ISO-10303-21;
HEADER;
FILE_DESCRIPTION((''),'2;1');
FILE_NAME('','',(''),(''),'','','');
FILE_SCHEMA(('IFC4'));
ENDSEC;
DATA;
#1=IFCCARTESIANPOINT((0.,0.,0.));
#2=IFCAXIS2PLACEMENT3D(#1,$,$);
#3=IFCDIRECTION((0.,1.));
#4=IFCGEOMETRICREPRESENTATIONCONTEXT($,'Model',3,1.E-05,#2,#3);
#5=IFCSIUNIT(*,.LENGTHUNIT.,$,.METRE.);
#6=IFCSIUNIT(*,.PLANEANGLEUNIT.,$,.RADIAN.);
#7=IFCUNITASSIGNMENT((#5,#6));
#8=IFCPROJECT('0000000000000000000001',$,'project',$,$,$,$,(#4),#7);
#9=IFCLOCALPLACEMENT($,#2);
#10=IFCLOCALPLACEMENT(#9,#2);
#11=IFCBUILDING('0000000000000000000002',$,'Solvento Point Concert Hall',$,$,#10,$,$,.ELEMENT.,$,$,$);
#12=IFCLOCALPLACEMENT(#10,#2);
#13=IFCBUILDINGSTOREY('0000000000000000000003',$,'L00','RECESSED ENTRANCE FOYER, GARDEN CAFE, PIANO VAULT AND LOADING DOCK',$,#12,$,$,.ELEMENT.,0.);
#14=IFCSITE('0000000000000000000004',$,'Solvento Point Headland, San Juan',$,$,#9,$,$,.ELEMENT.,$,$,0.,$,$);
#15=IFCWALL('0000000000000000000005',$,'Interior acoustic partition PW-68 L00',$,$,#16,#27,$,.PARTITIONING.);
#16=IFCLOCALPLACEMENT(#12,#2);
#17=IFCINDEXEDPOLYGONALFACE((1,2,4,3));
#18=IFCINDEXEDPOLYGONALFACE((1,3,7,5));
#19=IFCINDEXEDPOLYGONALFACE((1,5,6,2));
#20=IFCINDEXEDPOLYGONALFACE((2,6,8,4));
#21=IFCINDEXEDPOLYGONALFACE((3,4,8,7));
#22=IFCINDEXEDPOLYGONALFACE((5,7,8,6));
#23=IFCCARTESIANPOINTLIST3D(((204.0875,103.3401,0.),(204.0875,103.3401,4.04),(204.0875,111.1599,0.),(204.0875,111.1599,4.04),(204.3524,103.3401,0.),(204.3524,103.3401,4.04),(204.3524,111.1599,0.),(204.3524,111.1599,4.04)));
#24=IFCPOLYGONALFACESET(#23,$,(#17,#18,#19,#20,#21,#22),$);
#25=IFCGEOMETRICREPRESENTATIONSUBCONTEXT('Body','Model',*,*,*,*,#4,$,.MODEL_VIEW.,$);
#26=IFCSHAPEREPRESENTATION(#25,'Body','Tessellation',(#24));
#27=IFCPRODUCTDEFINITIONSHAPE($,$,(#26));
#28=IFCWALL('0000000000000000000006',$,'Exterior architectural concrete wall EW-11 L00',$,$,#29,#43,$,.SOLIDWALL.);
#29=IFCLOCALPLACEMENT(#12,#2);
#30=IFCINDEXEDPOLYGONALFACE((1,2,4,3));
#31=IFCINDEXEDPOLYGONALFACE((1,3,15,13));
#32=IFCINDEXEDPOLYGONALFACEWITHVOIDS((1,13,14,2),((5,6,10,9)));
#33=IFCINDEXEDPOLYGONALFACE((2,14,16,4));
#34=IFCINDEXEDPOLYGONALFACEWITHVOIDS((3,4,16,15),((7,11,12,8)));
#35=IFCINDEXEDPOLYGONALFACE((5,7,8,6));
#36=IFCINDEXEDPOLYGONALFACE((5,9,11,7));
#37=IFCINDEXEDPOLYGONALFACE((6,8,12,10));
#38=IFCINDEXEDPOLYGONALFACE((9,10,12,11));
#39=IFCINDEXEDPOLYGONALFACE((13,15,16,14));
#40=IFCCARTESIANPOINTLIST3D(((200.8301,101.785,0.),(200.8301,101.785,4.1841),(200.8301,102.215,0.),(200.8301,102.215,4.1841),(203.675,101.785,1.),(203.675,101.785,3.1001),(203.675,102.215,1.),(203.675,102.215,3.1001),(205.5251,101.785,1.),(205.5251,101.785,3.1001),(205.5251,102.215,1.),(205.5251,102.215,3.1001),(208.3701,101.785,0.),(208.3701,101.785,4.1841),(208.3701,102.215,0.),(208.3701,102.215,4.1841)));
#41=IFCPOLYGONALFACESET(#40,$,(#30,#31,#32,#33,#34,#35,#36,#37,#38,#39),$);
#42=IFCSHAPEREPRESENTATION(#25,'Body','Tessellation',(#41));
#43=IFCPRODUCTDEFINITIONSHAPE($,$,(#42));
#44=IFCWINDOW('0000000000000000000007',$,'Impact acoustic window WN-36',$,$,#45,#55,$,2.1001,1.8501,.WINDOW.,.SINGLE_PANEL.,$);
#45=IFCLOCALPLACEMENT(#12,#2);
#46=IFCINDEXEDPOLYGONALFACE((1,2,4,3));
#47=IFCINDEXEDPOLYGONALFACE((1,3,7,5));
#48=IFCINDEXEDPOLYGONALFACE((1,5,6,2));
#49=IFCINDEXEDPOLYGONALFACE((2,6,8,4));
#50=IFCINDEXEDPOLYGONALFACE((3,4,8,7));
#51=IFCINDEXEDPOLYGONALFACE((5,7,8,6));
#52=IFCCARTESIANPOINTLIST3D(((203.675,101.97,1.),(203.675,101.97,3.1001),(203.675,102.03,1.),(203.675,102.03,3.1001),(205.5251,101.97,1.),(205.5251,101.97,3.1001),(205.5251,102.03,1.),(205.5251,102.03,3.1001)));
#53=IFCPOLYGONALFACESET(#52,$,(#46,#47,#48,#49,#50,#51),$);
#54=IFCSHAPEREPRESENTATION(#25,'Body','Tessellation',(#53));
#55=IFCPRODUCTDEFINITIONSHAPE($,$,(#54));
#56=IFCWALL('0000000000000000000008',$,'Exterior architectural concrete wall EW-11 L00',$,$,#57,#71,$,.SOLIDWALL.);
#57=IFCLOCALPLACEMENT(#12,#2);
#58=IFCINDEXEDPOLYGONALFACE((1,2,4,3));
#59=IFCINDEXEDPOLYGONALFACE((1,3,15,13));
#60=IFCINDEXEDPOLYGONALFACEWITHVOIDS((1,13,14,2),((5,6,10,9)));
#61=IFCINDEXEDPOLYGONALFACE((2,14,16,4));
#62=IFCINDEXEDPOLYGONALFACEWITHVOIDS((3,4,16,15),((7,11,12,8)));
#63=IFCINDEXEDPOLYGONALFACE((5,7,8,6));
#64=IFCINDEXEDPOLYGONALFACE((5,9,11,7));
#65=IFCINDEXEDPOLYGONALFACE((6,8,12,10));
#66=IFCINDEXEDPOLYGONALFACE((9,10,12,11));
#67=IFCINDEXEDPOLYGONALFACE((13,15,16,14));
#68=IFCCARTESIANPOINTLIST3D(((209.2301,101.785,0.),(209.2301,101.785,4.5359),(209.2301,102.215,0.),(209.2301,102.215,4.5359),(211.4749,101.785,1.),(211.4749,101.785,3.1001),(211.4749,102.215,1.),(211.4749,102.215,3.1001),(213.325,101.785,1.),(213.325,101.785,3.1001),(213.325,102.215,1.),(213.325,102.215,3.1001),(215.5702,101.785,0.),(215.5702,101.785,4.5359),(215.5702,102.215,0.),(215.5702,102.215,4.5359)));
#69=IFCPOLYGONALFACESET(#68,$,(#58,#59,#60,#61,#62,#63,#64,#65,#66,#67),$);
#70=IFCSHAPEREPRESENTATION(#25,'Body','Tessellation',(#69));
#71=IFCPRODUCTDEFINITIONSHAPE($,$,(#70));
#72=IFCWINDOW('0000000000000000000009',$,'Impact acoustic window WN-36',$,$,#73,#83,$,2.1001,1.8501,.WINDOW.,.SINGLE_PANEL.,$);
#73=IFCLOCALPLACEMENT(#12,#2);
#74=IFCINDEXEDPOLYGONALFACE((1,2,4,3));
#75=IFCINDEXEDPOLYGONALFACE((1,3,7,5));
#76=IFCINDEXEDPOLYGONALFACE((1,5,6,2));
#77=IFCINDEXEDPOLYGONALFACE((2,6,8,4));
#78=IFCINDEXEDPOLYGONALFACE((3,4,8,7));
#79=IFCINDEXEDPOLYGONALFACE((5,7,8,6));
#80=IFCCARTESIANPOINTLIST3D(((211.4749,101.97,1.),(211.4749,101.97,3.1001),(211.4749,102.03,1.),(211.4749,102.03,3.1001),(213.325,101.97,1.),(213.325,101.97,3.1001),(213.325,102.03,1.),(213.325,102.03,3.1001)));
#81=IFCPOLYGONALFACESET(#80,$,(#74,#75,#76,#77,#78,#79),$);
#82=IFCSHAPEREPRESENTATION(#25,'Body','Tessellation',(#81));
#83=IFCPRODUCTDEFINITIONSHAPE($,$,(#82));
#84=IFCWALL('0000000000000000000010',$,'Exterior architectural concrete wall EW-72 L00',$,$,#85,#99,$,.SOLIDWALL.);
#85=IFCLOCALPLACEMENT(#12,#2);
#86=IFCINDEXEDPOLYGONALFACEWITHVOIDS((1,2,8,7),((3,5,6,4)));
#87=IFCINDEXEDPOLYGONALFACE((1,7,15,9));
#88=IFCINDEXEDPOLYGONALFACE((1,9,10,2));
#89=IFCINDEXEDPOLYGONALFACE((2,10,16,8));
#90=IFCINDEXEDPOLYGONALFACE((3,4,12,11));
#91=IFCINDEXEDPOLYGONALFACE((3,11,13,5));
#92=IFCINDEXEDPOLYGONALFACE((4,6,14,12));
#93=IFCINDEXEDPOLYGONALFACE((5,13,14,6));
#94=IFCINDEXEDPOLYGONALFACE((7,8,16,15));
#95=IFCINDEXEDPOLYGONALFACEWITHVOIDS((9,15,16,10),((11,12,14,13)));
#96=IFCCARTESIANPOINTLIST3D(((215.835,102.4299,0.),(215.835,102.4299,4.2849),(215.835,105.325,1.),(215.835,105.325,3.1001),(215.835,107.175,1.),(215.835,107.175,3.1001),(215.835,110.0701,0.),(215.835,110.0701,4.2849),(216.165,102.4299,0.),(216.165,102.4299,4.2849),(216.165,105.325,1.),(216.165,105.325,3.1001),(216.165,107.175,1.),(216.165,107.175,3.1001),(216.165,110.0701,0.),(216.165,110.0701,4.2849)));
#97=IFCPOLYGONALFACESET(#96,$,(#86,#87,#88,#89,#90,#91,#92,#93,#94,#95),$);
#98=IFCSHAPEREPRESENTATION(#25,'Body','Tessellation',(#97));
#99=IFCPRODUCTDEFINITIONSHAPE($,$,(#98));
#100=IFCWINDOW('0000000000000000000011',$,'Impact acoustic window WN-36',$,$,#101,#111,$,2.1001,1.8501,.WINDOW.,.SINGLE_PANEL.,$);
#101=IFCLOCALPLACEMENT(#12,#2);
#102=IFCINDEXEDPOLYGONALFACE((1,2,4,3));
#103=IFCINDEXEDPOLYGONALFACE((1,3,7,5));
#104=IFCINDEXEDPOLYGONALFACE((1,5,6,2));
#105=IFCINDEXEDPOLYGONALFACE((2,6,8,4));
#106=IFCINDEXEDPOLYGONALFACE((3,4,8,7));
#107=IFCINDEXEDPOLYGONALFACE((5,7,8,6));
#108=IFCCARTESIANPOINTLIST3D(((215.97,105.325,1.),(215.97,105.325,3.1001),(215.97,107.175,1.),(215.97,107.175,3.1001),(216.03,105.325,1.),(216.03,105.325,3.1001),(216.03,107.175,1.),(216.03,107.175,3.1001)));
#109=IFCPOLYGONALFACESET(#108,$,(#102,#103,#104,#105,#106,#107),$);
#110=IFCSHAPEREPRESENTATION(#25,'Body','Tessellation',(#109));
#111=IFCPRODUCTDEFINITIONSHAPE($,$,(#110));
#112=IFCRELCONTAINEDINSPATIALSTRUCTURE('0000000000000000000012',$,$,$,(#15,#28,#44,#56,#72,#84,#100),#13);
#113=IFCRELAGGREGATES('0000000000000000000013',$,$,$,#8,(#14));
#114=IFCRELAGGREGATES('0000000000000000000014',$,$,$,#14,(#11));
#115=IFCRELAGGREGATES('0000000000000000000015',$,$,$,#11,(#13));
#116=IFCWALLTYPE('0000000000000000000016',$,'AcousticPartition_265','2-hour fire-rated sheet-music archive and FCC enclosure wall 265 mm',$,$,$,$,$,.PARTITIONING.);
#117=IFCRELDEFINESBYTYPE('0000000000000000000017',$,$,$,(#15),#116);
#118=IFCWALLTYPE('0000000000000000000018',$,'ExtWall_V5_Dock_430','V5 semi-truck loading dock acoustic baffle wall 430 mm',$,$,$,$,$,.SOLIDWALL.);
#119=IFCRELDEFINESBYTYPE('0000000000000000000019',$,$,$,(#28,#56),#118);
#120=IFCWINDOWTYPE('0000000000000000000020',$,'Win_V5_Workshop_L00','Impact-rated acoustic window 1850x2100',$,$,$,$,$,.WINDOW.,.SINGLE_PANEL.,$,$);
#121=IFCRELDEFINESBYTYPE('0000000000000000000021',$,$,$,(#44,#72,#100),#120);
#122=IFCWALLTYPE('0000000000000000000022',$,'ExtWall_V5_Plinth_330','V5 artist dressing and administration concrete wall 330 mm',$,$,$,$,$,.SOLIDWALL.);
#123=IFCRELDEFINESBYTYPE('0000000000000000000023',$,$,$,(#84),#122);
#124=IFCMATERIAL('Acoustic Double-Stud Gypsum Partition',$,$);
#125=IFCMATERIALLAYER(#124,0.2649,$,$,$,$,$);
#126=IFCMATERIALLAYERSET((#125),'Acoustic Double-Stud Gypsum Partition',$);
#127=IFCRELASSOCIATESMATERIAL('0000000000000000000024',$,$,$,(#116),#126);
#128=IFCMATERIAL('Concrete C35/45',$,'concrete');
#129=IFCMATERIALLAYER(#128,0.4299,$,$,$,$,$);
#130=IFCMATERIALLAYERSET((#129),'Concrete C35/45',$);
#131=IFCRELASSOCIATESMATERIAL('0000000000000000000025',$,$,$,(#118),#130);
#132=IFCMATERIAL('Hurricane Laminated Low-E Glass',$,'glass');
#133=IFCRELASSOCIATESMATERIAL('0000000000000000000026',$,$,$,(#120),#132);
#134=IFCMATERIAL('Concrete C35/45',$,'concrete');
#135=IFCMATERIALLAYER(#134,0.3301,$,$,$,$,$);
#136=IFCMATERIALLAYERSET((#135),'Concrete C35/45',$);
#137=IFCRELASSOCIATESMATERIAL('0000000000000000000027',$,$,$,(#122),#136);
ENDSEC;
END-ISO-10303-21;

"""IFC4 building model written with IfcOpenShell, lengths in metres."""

from ifc_helpers import new_model, si_unit, direction, frame, frame_2d, origin, place, context, subcontext, project, spatial, rectangle, extrude, material, layer, layer_set, type_object, element, fill, save


model = new_model("IFC4")

# Units and contexts
model_context = context("Model", 3, precision=1e-05, world=origin(), true_north=direction((0.0, 1.0)))
body_context = subcontext(model_context, "Body", "Model", "MODEL_VIEW")
ifc_project = project(units=[si_unit("LENGTHUNIT", "METRE"), si_unit("PLANEANGLEUNIT", "RADIAN")], contexts=[model_context])

# Site, building, storey
site_placement = place(None, origin())
site = spatial("IfcSite", under=ifc_project, at=site_placement, Name="Solvento Point Headland, San Juan", CompositionType="ELEMENT", RefElevation=0.0)
building_placement = place(site_placement, origin())
building = spatial("IfcBuilding", under=site, at=building_placement, Name="Solvento Point Concert Hall", CompositionType="ELEMENT")
storey_placement = place(building_placement, origin())
storey = spatial("IfcBuildingStorey", under=building, at=storey_placement, Name="L00", Description="RECESSED ENTRANCE FOYER, GARDEN CAFE, PIANO VAULT AND LOADING DOCK", CompositionType="ELEMENT", Elevation=0.0)

# Wall
ifc_material_1 = material(Name="Acoustic Double-Stud Gypsum Partition")
ifc_layer_1 = layer(ifc_material_1, 0.2649)
ifc_layer_set_1 = layer_set([ifc_layer_1], Name="Acoustic Double-Stud Gypsum Partition")
wall_type_1 = type_object("IfcWallType", Name="AcousticPartition_265", Description="2-hour fire-rated sheet-music archive and FCC enclosure wall 265 mm", PredefinedType="PARTITIONING", material=ifc_layer_set_1)
wall_1_placement = place(storey_placement, frame((204.22, 103.3401, 0.0), z_axis=(0.0, 0.0, 1.0), x_axis=(0.0, 1.0, 0.0)))
element("IfcWall", 1, at=wall_1_placement, inside=storey, type_object=wall_type_1, Name="Interior acoustic partition PW-68 L00", PredefinedType="PARTITIONING", context=body_context, shape_type="SweptSolid", body=[
    extrude(rectangle(XDim=7.8198, YDim=0.2649, at=frame_2d((3.9099, 0.0))), origin(), (0.0, 0.0, 1.0), 4.04),
])

# Walls, openings, windows
ifc_material_2 = material(Name="Concrete C35/45", Category="concrete")
ifc_layer_2 = layer(ifc_material_2, 0.4299)
ifc_layer_set_2 = layer_set([ifc_layer_2], Name="Concrete C35/45")
wall_type_2 = type_object("IfcWallType", Name="ExtWall_V5_Dock_430", Description="V5 semi-truck loading dock acoustic baffle wall 430 mm", PredefinedType="SOLIDWALL", material=ifc_layer_set_2)
wall_2_placement = place(storey_placement, frame((208.3701, 102.0, 0.0), z_axis=(0.0, 0.0, 1.0), x_axis=(-1.0, 0.0, 0.0)))
wall_2 = element("IfcWall", 2, at=wall_2_placement, inside=storey, type_object=wall_type_2, Name="Exterior architectural concrete wall EW-11 L00", PredefinedType="SOLIDWALL", context=body_context, shape_type="SweptSolid", body=[
    extrude(rectangle(XDim=7.54, YDim=0.4299, at=frame_2d((3.77, 0.0))), origin(), (0.0, 0.0, 1.0), 4.1841),
])
opening_1_placement = place(wall_2_placement, frame((2.845, 0.0, 1.0)))
opening_1 = element("IfcOpeningElement", 3, at=opening_1_placement, cuts=wall_2, PredefinedType="OPENING", context=body_context, shape_type="SweptSolid", body=[
    extrude(rectangle(XDim=1.8501, YDim=2.1001, at=frame_2d((0.925, 1.05))), frame((0.0, 0.2249, 0.0), z_axis=(0.0, -1.0, 0.0), x_axis=(1.0, 0.0, 0.0)), (0.0, 0.0, 1.0), 0.45),
])
ifc_material_3 = material(Name="Hurricane Laminated Low-E Glass", Category="glass")
window_type = type_object("IfcWindowType", Name="Win_V5_Workshop_L00", Description="Impact-rated acoustic window 1850x2100", PartitioningType="SINGLE_PANEL", PredefinedType="WINDOW", material=ifc_material_3)
window_1_placement = place(opening_1_placement, origin())
window_1 = element("IfcWindow", 4, at=window_1_placement, inside=storey, type_object=window_type, Name="Impact acoustic window WN-36", OverallHeight=2.1001, OverallWidth=1.8501, PartitioningType="SINGLE_PANEL", PredefinedType="WINDOW", context=body_context, shape_type="SweptSolid", body=[
    extrude(rectangle(XDim=1.8501, YDim=2.1001, at=frame_2d((0.925, 1.05))), frame((0.0, 0.03, 0.0), z_axis=(0.0, -1.0, 0.0), x_axis=(1.0, 0.0, 0.0)), (0.0, 0.0, 1.0), 0.0601),
])
fill(opening_1, window_1)
wall_3_placement = place(storey_placement, frame((215.5701, 102.0, 0.0), z_axis=(0.0, 0.0, 1.0), x_axis=(-1.0, 0.0, 0.0)))
wall_3 = element("IfcWall", 5, at=wall_3_placement, inside=storey, type_object=wall_type_2, Name="Exterior architectural concrete wall EW-11 L00", PredefinedType="SOLIDWALL", context=body_context, shape_type="SweptSolid", body=[
    extrude(rectangle(XDim=6.3401, YDim=0.4299, at=frame_2d((3.1699, 0.0))), origin(), (0.0, 0.0, 1.0), 4.5359),
])
opening_2_placement = place(wall_3_placement, frame((2.2451, 0.0, 1.0)))
opening_2 = element("IfcOpeningElement", 6, at=opening_2_placement, cuts=wall_3, PredefinedType="OPENING", context=body_context, shape_type="SweptSolid", body=[
    extrude(rectangle(XDim=1.8501, YDim=2.1001, at=frame_2d((0.925, 1.05))), frame((0.0, 0.2249, 0.0), z_axis=(0.0, -1.0, 0.0), x_axis=(1.0, 0.0, 0.0)), (0.0, 0.0, 1.0), 0.45),
])
window_2_placement = place(opening_2_placement, origin())
window_2 = element("IfcWindow", 7, at=window_2_placement, inside=storey, type_object=window_type, Name="Impact acoustic window WN-36", OverallHeight=2.1001, OverallWidth=1.8501, PartitioningType="SINGLE_PANEL", PredefinedType="WINDOW", context=body_context, shape_type="SweptSolid", body=[
    extrude(rectangle(XDim=1.8501, YDim=2.1001, at=frame_2d((0.925, 1.05))), frame((0.0, 0.03, 0.0), z_axis=(0.0, -1.0, 0.0), x_axis=(1.0, 0.0, 0.0)), (0.0, 0.0, 1.0), 0.0601),
])
fill(opening_2, window_2)
ifc_material_4 = material(Name="Concrete C35/45", Category="concrete")
ifc_layer_3 = layer(ifc_material_4, 0.3301)
ifc_layer_set_3 = layer_set([ifc_layer_3], Name="Concrete C35/45")
wall_type_3 = type_object("IfcWallType", Name="ExtWall_V5_Plinth_330", Description="V5 artist dressing and administration concrete wall 330 mm", PredefinedType="SOLIDWALL", material=ifc_layer_set_3)
wall_4_placement = place(storey_placement, frame((216.0, 110.0701, 0.0), z_axis=(0.0, 0.0, 1.0), x_axis=(0.0, -1.0, 0.0)))
wall_4 = element("IfcWall", 8, at=wall_4_placement, inside=storey, type_object=wall_type_3, Name="Exterior architectural concrete wall EW-72 L00", PredefinedType="SOLIDWALL", context=body_context, shape_type="SweptSolid", body=[
    extrude(rectangle(XDim=7.6401, YDim=0.3301, at=frame_2d((3.8201, 0.0))), origin(), (0.0, 0.0, 1.0), 4.2849),
])
opening_3_placement = place(wall_4_placement, frame((2.895, 0.0, 1.0)))
opening_3 = element("IfcOpeningElement", 9, at=opening_3_placement, cuts=wall_4, PredefinedType="OPENING", context=body_context, shape_type="SweptSolid", body=[
    extrude(rectangle(XDim=1.8501, YDim=2.1001, at=frame_2d((0.925, 1.05))), frame((0.0, 0.175, 0.0), z_axis=(0.0, -1.0, 0.0), x_axis=(1.0, 0.0, 0.0)), (0.0, 0.0, 1.0), 0.3501),
])
window_3_placement = place(opening_3_placement, origin())
window_3 = element("IfcWindow", 10, at=window_3_placement, inside=storey, type_object=window_type, Name="Impact acoustic window WN-36", OverallHeight=2.1001, OverallWidth=1.8501, PartitioningType="SINGLE_PANEL", PredefinedType="WINDOW", context=body_context, shape_type="SweptSolid", body=[
    extrude(rectangle(XDim=1.8501, YDim=2.1001, at=frame_2d((0.925, 1.05))), frame((0.0, 0.03, 0.0), z_axis=(0.0, -1.0, 0.0), x_axis=(1.0, 0.0, 0.0)), (0.0, 0.0, 1.0), 0.0601),
])
fill(opening_3, window_3)

save(model, "model.ifc")
